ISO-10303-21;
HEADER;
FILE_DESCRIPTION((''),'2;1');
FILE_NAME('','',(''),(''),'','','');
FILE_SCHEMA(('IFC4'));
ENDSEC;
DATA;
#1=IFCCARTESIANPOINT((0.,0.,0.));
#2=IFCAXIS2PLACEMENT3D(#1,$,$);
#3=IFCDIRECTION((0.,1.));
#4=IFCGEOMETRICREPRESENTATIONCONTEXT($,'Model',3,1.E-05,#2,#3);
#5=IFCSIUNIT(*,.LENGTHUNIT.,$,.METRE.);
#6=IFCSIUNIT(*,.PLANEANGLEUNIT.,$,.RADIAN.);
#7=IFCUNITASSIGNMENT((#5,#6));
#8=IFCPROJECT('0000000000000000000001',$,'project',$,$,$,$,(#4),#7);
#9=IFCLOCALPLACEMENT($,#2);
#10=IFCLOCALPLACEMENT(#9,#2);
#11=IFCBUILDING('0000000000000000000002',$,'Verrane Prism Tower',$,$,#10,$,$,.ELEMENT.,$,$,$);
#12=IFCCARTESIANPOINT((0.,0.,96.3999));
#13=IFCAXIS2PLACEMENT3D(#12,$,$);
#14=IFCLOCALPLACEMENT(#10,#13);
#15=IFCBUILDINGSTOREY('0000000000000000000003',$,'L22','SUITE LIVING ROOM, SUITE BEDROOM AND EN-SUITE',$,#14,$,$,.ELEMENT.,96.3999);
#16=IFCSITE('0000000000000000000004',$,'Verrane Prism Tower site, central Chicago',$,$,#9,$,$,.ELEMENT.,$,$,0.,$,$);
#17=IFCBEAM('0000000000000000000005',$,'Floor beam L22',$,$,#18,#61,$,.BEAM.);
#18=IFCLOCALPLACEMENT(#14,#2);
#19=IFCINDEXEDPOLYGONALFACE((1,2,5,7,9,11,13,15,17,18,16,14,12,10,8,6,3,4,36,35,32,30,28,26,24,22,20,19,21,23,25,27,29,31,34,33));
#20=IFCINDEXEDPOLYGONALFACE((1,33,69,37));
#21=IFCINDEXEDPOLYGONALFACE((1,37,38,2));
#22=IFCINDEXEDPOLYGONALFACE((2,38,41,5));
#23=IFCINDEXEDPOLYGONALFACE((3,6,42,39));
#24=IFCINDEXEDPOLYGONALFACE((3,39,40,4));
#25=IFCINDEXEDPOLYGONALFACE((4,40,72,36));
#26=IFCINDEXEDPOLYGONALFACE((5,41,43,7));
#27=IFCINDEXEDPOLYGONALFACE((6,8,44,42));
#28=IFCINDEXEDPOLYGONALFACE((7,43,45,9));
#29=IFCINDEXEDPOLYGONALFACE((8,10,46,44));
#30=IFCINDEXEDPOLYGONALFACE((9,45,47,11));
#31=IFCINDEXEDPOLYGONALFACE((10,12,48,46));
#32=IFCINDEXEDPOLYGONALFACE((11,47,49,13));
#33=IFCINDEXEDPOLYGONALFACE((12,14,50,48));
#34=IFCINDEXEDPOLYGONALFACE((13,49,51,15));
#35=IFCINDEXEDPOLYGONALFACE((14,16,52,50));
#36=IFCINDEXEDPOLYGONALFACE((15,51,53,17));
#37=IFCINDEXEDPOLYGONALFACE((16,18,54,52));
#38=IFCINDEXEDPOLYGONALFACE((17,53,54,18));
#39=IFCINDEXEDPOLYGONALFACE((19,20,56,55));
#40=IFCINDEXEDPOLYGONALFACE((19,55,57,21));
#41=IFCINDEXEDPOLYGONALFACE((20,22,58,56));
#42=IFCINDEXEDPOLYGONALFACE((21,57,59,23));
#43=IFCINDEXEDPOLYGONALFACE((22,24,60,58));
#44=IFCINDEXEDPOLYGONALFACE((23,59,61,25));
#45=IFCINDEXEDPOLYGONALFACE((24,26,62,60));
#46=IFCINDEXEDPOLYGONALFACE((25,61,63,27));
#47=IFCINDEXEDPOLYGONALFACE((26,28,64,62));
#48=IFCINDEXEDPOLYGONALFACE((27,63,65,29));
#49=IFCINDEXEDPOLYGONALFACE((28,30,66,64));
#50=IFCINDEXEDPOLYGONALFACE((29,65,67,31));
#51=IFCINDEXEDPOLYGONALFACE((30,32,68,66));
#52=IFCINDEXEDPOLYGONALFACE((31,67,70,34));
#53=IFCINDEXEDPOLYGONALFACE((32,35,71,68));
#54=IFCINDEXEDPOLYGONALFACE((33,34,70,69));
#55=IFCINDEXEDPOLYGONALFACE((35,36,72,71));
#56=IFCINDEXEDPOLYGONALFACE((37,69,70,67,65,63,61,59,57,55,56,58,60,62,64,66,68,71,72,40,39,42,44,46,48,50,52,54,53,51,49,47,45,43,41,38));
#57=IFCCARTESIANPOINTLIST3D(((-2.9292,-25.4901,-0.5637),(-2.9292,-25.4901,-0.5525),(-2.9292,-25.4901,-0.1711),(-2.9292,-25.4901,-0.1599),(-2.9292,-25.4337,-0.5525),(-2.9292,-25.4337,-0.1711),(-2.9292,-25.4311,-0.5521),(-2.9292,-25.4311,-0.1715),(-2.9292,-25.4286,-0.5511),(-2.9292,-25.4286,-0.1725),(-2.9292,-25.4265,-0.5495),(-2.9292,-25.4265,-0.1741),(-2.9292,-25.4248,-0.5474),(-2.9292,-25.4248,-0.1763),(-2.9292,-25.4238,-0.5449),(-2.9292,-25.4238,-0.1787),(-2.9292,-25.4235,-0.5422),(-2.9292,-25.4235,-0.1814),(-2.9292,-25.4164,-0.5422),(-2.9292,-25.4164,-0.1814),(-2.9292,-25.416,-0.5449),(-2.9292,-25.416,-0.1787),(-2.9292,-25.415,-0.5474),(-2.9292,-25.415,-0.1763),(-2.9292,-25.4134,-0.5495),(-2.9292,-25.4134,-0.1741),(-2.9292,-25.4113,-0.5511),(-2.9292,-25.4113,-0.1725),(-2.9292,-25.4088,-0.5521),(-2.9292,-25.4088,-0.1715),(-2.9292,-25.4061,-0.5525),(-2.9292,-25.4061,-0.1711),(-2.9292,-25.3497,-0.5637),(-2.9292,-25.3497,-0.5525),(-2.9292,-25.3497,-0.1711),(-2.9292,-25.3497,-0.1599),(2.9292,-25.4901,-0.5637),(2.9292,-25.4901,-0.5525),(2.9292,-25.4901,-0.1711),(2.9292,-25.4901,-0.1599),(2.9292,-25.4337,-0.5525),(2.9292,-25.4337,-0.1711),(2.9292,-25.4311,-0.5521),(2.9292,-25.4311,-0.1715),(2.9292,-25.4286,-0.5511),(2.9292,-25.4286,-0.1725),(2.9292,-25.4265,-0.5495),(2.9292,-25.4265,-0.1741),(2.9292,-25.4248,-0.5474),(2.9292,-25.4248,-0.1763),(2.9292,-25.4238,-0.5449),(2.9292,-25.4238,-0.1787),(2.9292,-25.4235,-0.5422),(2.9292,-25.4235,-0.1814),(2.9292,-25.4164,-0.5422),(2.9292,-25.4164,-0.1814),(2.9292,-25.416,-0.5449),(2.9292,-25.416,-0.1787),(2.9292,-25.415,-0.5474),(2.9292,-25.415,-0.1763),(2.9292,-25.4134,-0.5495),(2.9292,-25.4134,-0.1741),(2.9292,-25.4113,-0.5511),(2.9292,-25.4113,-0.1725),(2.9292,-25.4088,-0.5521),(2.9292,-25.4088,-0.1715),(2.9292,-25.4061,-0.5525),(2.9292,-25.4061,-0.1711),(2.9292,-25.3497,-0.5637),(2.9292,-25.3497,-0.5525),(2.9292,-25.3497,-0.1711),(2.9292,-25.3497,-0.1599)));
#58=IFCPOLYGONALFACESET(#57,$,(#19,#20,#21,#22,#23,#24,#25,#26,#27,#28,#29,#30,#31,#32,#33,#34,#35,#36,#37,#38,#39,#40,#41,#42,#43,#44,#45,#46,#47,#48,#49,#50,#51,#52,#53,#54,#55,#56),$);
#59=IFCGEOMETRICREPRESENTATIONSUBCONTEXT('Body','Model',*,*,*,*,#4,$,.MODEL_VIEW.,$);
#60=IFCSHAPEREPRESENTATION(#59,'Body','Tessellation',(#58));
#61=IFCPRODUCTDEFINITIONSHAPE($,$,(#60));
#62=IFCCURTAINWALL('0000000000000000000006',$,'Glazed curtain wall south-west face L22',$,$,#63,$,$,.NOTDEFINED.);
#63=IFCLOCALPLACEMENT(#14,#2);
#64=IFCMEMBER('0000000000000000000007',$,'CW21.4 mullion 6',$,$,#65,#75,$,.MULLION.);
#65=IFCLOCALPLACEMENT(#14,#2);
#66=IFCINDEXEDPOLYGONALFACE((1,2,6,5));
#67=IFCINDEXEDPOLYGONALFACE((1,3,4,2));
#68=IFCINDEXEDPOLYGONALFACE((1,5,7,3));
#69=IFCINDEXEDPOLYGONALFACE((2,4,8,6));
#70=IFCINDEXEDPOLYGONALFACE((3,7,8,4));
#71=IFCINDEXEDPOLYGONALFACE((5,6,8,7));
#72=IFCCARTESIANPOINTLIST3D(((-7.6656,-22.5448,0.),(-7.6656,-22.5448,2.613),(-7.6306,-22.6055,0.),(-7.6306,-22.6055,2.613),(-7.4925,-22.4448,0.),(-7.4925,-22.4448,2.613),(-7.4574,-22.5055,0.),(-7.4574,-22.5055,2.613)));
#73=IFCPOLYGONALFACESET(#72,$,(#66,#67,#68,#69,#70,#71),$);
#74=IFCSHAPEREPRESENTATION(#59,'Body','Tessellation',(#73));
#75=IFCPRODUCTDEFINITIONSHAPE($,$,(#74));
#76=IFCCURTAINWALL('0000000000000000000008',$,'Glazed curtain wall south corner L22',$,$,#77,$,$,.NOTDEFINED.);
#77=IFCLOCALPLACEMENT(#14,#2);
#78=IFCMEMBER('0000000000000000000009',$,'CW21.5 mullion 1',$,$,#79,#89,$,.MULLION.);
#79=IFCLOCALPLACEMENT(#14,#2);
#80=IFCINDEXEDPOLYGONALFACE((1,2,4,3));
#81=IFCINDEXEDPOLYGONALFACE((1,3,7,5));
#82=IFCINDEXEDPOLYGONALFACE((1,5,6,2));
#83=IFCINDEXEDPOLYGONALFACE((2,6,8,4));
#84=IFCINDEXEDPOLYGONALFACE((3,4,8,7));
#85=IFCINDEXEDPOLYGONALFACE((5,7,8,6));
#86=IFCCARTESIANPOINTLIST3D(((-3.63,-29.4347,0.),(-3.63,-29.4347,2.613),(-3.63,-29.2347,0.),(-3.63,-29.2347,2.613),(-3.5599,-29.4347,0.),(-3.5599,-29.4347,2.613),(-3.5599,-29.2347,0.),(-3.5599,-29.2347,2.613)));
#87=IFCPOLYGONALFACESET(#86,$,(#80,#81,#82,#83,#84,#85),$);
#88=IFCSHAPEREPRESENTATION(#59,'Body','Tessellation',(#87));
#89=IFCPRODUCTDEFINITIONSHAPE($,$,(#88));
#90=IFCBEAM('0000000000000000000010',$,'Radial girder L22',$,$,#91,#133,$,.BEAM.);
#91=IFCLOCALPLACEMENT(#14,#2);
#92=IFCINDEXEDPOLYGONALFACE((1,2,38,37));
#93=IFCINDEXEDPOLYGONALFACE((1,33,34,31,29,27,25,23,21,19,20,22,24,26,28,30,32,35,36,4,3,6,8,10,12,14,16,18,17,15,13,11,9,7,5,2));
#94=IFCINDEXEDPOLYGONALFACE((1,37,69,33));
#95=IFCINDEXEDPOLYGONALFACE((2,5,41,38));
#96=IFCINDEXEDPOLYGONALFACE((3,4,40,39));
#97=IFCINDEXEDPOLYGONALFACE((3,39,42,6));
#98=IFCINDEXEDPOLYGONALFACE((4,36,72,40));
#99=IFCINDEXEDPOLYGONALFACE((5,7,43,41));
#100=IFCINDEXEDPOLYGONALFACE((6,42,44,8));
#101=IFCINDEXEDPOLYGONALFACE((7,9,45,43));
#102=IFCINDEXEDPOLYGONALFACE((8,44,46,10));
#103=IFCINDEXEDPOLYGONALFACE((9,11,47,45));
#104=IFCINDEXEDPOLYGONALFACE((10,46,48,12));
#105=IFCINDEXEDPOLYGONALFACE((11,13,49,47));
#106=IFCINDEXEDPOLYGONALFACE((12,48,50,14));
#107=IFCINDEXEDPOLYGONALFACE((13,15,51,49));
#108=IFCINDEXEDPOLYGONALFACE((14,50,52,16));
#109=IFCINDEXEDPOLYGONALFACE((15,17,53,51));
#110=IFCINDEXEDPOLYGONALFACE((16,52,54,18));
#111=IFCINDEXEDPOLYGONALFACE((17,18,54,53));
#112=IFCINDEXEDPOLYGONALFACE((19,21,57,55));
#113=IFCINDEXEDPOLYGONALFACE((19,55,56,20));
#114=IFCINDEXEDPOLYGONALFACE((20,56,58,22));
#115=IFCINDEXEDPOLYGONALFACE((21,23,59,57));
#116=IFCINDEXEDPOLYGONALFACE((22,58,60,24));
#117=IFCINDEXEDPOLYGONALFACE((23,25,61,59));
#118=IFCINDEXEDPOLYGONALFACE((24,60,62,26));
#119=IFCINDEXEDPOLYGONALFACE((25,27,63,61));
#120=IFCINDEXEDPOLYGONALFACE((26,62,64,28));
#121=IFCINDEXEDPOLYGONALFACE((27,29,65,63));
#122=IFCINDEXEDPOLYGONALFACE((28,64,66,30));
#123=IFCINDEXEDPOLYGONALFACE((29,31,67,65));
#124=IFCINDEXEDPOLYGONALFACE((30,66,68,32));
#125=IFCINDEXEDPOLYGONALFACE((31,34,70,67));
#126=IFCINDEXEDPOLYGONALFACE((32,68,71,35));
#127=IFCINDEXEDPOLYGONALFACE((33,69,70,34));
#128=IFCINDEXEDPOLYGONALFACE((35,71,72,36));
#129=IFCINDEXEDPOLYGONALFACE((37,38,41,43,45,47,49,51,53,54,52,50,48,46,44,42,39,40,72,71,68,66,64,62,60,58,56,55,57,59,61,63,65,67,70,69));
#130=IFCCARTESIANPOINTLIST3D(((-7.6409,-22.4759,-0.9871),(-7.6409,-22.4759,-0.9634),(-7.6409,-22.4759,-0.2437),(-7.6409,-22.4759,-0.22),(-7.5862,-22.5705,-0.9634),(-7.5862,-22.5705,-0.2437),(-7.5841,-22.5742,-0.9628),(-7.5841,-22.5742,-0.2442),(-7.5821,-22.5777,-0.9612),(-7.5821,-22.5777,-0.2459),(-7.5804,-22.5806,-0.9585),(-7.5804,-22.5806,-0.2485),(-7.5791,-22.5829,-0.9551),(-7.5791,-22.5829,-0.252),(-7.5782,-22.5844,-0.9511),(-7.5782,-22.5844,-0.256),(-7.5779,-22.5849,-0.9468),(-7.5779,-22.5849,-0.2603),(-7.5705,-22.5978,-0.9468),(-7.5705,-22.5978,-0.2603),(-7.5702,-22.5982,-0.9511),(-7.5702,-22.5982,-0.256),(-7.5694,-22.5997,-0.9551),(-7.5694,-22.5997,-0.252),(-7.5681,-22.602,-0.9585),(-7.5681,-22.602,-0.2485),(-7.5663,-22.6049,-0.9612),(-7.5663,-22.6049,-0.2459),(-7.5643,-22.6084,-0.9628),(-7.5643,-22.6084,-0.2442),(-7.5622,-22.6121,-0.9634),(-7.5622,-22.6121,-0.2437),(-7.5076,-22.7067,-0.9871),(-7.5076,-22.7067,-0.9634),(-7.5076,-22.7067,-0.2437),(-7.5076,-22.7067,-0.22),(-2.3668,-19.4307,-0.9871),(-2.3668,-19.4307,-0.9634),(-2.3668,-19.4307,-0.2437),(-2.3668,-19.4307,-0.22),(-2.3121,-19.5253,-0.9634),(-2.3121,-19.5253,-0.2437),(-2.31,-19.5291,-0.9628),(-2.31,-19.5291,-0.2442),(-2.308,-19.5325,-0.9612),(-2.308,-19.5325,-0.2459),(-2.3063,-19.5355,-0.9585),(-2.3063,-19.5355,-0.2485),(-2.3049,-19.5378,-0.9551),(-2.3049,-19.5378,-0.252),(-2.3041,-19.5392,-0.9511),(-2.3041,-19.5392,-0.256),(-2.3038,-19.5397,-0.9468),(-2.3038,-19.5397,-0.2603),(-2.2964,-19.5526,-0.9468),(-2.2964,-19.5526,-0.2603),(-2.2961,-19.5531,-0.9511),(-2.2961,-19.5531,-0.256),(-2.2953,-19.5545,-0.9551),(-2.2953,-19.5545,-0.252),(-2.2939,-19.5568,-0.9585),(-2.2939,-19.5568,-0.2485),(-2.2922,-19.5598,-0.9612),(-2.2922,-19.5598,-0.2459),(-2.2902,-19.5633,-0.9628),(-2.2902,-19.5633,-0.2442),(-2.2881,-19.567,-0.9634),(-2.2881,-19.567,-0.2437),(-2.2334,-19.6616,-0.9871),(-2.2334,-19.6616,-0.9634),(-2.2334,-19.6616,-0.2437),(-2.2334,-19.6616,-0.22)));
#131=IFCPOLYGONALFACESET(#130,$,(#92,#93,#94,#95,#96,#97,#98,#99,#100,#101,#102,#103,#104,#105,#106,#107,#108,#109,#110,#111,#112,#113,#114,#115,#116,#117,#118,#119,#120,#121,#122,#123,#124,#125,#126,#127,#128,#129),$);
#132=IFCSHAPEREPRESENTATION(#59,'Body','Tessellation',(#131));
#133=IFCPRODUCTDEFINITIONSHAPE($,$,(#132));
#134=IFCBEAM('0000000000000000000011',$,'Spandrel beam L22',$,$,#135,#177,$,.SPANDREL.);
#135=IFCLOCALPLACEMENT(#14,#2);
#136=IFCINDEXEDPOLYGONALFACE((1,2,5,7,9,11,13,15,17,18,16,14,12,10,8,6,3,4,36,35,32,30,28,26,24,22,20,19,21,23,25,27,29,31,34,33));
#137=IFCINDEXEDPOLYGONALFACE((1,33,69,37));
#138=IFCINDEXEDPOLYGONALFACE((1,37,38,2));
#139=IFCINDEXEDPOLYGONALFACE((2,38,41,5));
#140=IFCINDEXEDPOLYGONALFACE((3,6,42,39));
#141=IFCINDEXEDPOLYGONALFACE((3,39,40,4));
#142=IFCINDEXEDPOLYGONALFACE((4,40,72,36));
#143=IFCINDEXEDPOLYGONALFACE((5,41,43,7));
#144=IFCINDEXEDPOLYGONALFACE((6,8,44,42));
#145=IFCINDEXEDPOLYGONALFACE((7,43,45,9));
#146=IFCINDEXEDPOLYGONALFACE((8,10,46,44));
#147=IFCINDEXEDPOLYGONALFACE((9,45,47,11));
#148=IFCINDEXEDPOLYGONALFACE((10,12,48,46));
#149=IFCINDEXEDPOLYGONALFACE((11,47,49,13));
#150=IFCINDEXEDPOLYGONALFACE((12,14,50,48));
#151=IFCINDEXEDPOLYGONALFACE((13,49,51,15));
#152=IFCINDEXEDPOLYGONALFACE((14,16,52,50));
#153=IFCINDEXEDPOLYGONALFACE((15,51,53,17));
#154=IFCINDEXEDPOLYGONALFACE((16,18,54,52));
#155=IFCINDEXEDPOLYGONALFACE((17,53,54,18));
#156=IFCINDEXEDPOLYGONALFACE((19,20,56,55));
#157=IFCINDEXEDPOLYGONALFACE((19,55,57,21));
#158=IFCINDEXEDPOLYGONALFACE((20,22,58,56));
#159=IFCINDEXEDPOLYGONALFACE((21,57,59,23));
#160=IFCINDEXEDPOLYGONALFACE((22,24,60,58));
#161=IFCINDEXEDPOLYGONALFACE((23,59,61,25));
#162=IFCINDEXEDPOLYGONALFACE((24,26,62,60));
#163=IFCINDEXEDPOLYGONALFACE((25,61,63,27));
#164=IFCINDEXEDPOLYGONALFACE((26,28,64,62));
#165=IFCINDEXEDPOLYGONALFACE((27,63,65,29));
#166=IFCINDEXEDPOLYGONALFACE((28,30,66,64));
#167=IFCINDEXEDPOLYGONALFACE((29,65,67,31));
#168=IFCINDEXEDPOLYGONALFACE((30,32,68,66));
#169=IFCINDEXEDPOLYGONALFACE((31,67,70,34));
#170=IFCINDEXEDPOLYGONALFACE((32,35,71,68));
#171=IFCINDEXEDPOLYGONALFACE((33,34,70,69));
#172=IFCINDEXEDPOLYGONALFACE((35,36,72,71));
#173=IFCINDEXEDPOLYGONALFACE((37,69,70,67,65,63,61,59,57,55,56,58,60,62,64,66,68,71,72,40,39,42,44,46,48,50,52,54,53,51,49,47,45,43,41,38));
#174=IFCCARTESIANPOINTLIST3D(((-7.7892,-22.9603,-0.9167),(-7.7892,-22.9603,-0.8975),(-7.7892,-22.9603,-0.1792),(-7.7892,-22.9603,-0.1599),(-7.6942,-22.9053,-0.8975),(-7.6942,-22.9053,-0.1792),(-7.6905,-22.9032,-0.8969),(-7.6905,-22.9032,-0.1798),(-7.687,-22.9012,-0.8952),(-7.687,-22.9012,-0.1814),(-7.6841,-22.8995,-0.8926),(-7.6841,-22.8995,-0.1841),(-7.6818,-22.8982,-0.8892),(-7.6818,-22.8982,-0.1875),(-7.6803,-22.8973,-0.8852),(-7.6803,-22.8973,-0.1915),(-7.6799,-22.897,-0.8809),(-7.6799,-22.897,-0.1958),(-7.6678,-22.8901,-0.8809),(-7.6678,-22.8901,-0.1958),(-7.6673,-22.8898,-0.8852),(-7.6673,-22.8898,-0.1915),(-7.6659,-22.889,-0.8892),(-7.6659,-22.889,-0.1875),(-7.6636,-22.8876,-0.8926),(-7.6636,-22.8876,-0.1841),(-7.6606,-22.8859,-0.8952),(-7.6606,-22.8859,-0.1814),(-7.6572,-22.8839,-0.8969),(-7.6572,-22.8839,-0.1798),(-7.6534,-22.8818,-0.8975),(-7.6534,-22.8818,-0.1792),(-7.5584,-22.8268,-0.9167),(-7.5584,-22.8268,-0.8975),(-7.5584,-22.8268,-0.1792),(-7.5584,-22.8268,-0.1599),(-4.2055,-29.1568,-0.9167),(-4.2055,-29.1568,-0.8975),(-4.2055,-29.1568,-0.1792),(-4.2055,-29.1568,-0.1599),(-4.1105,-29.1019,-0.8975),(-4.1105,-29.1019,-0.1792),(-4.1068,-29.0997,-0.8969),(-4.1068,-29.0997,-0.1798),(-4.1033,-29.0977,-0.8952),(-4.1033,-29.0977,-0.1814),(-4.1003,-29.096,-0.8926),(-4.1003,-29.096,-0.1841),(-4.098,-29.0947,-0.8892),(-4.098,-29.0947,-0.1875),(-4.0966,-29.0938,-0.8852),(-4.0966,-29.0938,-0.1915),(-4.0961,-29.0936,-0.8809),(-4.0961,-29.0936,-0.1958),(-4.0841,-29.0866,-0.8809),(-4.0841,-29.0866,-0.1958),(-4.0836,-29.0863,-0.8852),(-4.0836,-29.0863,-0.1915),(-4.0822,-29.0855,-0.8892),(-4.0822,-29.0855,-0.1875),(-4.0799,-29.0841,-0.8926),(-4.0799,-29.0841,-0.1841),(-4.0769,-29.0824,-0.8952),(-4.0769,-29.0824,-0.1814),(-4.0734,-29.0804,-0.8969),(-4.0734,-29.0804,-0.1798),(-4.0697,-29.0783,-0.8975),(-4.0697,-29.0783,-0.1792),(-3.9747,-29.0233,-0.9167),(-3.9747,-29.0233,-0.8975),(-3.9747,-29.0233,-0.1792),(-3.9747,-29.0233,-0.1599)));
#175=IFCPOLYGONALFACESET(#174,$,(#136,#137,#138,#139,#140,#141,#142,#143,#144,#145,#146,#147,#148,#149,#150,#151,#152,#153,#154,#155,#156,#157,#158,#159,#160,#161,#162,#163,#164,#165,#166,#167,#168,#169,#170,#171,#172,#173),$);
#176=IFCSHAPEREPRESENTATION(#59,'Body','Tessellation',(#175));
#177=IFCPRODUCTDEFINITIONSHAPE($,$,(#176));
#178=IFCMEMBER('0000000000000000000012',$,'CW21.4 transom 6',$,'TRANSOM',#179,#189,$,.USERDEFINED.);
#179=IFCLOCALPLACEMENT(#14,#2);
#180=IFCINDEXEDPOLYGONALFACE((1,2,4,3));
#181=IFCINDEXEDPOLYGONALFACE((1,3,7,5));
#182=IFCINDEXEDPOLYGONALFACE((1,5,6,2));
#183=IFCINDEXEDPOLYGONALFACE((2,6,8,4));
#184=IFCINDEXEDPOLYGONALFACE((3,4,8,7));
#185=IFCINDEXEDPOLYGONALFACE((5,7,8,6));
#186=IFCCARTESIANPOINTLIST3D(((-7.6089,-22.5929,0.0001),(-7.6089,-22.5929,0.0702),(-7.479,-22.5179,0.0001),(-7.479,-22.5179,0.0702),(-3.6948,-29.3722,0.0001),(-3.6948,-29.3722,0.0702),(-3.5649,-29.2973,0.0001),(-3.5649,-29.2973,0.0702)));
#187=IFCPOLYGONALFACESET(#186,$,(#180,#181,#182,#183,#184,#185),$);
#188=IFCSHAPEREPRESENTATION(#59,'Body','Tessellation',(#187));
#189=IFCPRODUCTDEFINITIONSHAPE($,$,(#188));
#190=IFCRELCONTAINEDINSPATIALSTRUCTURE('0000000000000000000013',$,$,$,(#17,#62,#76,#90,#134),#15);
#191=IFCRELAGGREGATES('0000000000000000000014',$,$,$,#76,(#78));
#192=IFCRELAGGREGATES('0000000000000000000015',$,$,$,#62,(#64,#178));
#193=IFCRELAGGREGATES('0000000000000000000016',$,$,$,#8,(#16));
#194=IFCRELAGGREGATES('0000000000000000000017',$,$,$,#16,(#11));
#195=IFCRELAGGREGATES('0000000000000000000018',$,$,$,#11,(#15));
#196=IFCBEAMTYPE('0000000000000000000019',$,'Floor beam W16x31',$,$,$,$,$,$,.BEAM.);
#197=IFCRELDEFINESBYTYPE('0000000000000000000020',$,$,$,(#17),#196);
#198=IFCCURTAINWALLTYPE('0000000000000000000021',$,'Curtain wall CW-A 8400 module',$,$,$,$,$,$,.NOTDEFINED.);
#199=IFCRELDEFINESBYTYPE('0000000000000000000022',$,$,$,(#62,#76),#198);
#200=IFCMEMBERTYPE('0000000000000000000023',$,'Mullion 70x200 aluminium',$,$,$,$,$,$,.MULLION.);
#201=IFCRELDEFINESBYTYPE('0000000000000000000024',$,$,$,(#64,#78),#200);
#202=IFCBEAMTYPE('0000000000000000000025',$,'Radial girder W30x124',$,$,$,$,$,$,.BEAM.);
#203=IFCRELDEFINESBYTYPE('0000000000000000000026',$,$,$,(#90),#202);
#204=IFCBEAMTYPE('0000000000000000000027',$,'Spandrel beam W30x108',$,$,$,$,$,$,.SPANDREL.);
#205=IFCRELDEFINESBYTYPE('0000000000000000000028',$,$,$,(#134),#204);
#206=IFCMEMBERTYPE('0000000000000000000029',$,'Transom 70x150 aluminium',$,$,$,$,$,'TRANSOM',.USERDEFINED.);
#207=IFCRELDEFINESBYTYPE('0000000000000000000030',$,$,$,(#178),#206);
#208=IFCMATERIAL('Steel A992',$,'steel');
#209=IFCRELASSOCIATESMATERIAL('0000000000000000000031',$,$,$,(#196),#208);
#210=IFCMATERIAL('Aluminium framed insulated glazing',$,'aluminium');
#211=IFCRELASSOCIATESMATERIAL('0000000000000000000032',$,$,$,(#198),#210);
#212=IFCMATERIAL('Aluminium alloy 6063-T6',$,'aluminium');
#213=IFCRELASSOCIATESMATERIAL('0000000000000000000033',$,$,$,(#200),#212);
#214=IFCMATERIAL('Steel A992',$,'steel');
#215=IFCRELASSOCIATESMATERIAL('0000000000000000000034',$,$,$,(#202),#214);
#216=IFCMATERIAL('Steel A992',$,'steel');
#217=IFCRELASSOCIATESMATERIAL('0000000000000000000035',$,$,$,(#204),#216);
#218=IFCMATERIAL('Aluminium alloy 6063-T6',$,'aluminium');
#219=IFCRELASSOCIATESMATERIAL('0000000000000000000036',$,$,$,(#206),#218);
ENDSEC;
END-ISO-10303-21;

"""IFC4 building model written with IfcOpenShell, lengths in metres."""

from ifc_helpers import new_model, si_unit, direction, frame, origin, origin_2d, place, context, subcontext, project, spatial, rectangle, i_section, extrude, material, material_profile, profile_set, type_object, element, aggregate, save


model = new_model("IFC4")

# Units and contexts
model_context = context("Model", 3, precision=1e-05, world=origin(), true_north=direction((0.0, 1.0)))
body_context = subcontext(model_context, "Body", "Model", "MODEL_VIEW")
ifc_project = project(units=[si_unit("LENGTHUNIT", "METRE"), si_unit("PLANEANGLEUNIT", "RADIAN")], contexts=[model_context])

# Site, building, storey
site_placement = place(None, origin())
site = spatial("IfcSite", under=ifc_project, at=site_placement, Name="Verrane Prism Tower site, central Chicago", CompositionType="ELEMENT", RefElevation=0.0)
building_placement = place(site_placement, origin())
building = spatial("IfcBuilding", under=site, at=building_placement, Name="Verrane Prism Tower", CompositionType="ELEMENT")
storey_placement = place(building_placement, frame((0.0, 0.0, 96.3999)))
storey = spatial("IfcBuildingStorey", under=building, at=storey_placement, Name="L22", Description="SUITE LIVING ROOM, SUITE BEDROOM AND EN-SUITE", CompositionType="ELEMENT", Elevation=96.3999)

# Beam
ifc_material_1 = material(Name="Steel A992", Category="steel")
ifc_material_profile_1 = material_profile(ifc_material_1, i_section(OverallWidth=0.1404, OverallDepth=0.4038, WebThickness=0.0071, FlangeThickness=0.0112, FilletRadius=0.0103, at=origin_2d()), Name="W16x31")
ifc_profile_set_1 = profile_set([ifc_material_profile_1], Name="Steel A992")
beam_type_1 = type_object("IfcBeamType", Name="Floor beam W16x31", PredefinedType="BEAM", material=ifc_profile_set_1)
beam_1_placement = place(storey_placement, frame((-2.9292, -25.4199, -0.3618), z_axis=(1.0, 0.0, 0.0), x_axis=(0.0, 1.0, 0.0)))
element("IfcBeam", 1, at=beam_1_placement, inside=storey, type_object=beam_type_1, Name="Floor beam L22", PredefinedType="BEAM", context=body_context, shape_type="SweptSolid", body=[
    extrude(i_section(OverallWidth=0.1404, OverallDepth=0.4038, WebThickness=0.0071, FlangeThickness=0.0112, FilletRadius=0.0103, at=origin_2d()), origin(), (0.0, 0.0, 1.0), 5.8584),
])

# Curtain walls, members
ifc_material_2 = material(Name="Aluminium framed insulated glazing", Category="aluminium")
curtain_wall_type = type_object("IfcCurtainWallType", Name="Curtain wall CW-A 8400 module", PredefinedType="NOTDEFINED", material=ifc_material_2)
curtain_wall_1_placement = place(storey_placement, origin())
curtain_wall_1 = element("IfcCurtainWall", 2, at=curtain_wall_1_placement, inside=storey, type_object=curtain_wall_type, Name="Glazed curtain wall south-west face L22", PredefinedType="NOTDEFINED")
ifc_material_3 = material(Name="Aluminium alloy 6063-T6", Category="aluminium")
ifc_material_profile_2 = material_profile(ifc_material_3, rectangle(XDim=0.2, YDim=0.0701, at=origin_2d()), Name="Mullion 70x200 aluminium")
ifc_profile_set_2 = profile_set([ifc_material_profile_2], Name="Aluminium alloy 6063-T6")
member_type_1 = type_object("IfcMemberType", Name="Mullion 70x200 aluminium", PredefinedType="MULLION", material=ifc_profile_set_2)
member_1_placement = place(storey_placement, frame((-7.5615, -22.5251, 0.0), z_axis=(0.0, 0.0, 1.0), x_axis=(0.866026, 0.5, 0.0)))
member_1 = element("IfcMember", 3, at=member_1_placement, type_object=member_type_1, Name="CW21.4 mullion 6", PredefinedType="MULLION", context=body_context, shape_type="SweptSolid", body=[
    extrude(rectangle(XDim=0.2, YDim=0.0701, at=origin_2d()), origin(), (0.0, 0.0, 1.0), 2.613),
])
curtain_wall_2_placement = place(storey_placement, origin())
curtain_wall_2 = element("IfcCurtainWall", 4, at=curtain_wall_2_placement, inside=storey, type_object=curtain_wall_type, Name="Glazed curtain wall south corner L22", PredefinedType="NOTDEFINED")
member_2_placement = place(storey_placement, frame((-3.595, -29.3347, 0.0), z_axis=(0.0, 0.0, 1.0), x_axis=(0.0, 1.0, 0.0)))
member_2 = element("IfcMember", 5, at=member_2_placement, type_object=member_type_1, Name="CW21.5 mullion 1", PredefinedType="MULLION", context=body_context, shape_type="SweptSolid", body=[
    extrude(rectangle(XDim=0.2, YDim=0.0701, at=origin_2d()), origin(), (0.0, 0.0, 1.0), 2.613),
])

# Beams
ifc_material_4 = material(Name="Steel A992", Category="steel")
ifc_material_profile_3 = material_profile(ifc_material_4, i_section(OverallWidth=0.2666, OverallDepth=0.7671, WebThickness=0.0149, FlangeThickness=0.0237, FilletRadius=0.0166, at=origin_2d()), Name="W30x124")
ifc_profile_set_3 = profile_set([ifc_material_profile_3], Name="Steel A992")
beam_type_2 = type_object("IfcBeamType", Name="Radial girder W30x124", PredefinedType="BEAM", material=ifc_profile_set_3)
beam_2_placement = place(storey_placement, frame((-7.5742, -22.5913, -0.6035), z_axis=(0.866017, 0.500015, 0.0), x_axis=(-0.500015, 0.866017, 0.0)))
element("IfcBeam", 6, at=beam_2_placement, inside=storey, type_object=beam_type_2, Name="Radial girder L22", PredefinedType="BEAM", context=body_context, shape_type="SweptSolid", body=[
    extrude(i_section(OverallWidth=0.2666, OverallDepth=0.7671, WebThickness=0.0149, FlangeThickness=0.0237, FilletRadius=0.0166, at=origin_2d()), origin(), (0.0, 0.0, 1.0), 6.0901),
])
ifc_material_5 = material(Name="Steel A992", Category="steel")
ifc_material_profile_4 = material_profile(ifc_material_5, i_section(OverallWidth=0.2666, OverallDepth=0.7568, WebThickness=0.0139, FlangeThickness=0.0193, FilletRadius=0.0166, at=origin_2d()), Name="W30x108")
ifc_profile_set_4 = profile_set([ifc_material_profile_4], Name="Steel A992")
beam_type_3 = type_object("IfcBeamType", Name="Spandrel beam W30x108", PredefinedType="SPANDREL", material=ifc_profile_set_4)
beam_3_placement = place(storey_placement, frame((-7.6738, -22.8936, -0.5383), z_axis=(0.500646, -0.865652, 0.0), x_axis=(0.865652, 0.500646, 0.0)))
element("IfcBeam", 7, at=beam_3_placement, inside=storey, type_object=beam_type_3, Name="Spandrel beam L22", PredefinedType="SPANDREL", context=body_context, shape_type="SweptSolid", body=[
    extrude(i_section(OverallWidth=0.2666, OverallDepth=0.7568, WebThickness=0.0139, FlangeThickness=0.0193, FilletRadius=0.0166, at=origin_2d()), origin(), (0.0, 0.0, 1.0), 7.1582),
])

# Member
ifc_material_6 = material(Name="Aluminium alloy 6063-T6", Category="aluminium")
ifc_material_profile_5 = material_profile(ifc_material_6, rectangle(XDim=0.1499, YDim=0.0701, at=origin_2d()), Name="Transom 70x150 aluminium")
ifc_profile_set_5 = profile_set([ifc_material_profile_5], Name="Aluminium alloy 6063-T6")
member_type_2 = type_object("IfcMemberType", Name="Transom 70x150 aluminium", ElementType="TRANSOM", PredefinedType="USERDEFINED", material=ifc_profile_set_5)
member_3_placement = place(storey_placement, frame((-7.5439, -22.5554, 0.0352), z_axis=(0.500003, -0.866024, 0.0), x_axis=(0.866024, 0.500003, 0.0)))
member_3 = element("IfcMember", 8, at=member_3_placement, type_object=member_type_2, Name="CW21.4 transom 6", ObjectType="TRANSOM", PredefinedType="USERDEFINED", context=body_context, shape_type="SweptSolid", body=[
    extrude(rectangle(XDim=0.1499, YDim=0.0701, at=origin_2d()), origin(), (0.0, 0.0, 1.0), 7.8281),
])
aggregate(curtain_wall_2, [member_2])

aggregate(curtain_wall_1, [member_1, member_3])

save(model, "model.ifc")
